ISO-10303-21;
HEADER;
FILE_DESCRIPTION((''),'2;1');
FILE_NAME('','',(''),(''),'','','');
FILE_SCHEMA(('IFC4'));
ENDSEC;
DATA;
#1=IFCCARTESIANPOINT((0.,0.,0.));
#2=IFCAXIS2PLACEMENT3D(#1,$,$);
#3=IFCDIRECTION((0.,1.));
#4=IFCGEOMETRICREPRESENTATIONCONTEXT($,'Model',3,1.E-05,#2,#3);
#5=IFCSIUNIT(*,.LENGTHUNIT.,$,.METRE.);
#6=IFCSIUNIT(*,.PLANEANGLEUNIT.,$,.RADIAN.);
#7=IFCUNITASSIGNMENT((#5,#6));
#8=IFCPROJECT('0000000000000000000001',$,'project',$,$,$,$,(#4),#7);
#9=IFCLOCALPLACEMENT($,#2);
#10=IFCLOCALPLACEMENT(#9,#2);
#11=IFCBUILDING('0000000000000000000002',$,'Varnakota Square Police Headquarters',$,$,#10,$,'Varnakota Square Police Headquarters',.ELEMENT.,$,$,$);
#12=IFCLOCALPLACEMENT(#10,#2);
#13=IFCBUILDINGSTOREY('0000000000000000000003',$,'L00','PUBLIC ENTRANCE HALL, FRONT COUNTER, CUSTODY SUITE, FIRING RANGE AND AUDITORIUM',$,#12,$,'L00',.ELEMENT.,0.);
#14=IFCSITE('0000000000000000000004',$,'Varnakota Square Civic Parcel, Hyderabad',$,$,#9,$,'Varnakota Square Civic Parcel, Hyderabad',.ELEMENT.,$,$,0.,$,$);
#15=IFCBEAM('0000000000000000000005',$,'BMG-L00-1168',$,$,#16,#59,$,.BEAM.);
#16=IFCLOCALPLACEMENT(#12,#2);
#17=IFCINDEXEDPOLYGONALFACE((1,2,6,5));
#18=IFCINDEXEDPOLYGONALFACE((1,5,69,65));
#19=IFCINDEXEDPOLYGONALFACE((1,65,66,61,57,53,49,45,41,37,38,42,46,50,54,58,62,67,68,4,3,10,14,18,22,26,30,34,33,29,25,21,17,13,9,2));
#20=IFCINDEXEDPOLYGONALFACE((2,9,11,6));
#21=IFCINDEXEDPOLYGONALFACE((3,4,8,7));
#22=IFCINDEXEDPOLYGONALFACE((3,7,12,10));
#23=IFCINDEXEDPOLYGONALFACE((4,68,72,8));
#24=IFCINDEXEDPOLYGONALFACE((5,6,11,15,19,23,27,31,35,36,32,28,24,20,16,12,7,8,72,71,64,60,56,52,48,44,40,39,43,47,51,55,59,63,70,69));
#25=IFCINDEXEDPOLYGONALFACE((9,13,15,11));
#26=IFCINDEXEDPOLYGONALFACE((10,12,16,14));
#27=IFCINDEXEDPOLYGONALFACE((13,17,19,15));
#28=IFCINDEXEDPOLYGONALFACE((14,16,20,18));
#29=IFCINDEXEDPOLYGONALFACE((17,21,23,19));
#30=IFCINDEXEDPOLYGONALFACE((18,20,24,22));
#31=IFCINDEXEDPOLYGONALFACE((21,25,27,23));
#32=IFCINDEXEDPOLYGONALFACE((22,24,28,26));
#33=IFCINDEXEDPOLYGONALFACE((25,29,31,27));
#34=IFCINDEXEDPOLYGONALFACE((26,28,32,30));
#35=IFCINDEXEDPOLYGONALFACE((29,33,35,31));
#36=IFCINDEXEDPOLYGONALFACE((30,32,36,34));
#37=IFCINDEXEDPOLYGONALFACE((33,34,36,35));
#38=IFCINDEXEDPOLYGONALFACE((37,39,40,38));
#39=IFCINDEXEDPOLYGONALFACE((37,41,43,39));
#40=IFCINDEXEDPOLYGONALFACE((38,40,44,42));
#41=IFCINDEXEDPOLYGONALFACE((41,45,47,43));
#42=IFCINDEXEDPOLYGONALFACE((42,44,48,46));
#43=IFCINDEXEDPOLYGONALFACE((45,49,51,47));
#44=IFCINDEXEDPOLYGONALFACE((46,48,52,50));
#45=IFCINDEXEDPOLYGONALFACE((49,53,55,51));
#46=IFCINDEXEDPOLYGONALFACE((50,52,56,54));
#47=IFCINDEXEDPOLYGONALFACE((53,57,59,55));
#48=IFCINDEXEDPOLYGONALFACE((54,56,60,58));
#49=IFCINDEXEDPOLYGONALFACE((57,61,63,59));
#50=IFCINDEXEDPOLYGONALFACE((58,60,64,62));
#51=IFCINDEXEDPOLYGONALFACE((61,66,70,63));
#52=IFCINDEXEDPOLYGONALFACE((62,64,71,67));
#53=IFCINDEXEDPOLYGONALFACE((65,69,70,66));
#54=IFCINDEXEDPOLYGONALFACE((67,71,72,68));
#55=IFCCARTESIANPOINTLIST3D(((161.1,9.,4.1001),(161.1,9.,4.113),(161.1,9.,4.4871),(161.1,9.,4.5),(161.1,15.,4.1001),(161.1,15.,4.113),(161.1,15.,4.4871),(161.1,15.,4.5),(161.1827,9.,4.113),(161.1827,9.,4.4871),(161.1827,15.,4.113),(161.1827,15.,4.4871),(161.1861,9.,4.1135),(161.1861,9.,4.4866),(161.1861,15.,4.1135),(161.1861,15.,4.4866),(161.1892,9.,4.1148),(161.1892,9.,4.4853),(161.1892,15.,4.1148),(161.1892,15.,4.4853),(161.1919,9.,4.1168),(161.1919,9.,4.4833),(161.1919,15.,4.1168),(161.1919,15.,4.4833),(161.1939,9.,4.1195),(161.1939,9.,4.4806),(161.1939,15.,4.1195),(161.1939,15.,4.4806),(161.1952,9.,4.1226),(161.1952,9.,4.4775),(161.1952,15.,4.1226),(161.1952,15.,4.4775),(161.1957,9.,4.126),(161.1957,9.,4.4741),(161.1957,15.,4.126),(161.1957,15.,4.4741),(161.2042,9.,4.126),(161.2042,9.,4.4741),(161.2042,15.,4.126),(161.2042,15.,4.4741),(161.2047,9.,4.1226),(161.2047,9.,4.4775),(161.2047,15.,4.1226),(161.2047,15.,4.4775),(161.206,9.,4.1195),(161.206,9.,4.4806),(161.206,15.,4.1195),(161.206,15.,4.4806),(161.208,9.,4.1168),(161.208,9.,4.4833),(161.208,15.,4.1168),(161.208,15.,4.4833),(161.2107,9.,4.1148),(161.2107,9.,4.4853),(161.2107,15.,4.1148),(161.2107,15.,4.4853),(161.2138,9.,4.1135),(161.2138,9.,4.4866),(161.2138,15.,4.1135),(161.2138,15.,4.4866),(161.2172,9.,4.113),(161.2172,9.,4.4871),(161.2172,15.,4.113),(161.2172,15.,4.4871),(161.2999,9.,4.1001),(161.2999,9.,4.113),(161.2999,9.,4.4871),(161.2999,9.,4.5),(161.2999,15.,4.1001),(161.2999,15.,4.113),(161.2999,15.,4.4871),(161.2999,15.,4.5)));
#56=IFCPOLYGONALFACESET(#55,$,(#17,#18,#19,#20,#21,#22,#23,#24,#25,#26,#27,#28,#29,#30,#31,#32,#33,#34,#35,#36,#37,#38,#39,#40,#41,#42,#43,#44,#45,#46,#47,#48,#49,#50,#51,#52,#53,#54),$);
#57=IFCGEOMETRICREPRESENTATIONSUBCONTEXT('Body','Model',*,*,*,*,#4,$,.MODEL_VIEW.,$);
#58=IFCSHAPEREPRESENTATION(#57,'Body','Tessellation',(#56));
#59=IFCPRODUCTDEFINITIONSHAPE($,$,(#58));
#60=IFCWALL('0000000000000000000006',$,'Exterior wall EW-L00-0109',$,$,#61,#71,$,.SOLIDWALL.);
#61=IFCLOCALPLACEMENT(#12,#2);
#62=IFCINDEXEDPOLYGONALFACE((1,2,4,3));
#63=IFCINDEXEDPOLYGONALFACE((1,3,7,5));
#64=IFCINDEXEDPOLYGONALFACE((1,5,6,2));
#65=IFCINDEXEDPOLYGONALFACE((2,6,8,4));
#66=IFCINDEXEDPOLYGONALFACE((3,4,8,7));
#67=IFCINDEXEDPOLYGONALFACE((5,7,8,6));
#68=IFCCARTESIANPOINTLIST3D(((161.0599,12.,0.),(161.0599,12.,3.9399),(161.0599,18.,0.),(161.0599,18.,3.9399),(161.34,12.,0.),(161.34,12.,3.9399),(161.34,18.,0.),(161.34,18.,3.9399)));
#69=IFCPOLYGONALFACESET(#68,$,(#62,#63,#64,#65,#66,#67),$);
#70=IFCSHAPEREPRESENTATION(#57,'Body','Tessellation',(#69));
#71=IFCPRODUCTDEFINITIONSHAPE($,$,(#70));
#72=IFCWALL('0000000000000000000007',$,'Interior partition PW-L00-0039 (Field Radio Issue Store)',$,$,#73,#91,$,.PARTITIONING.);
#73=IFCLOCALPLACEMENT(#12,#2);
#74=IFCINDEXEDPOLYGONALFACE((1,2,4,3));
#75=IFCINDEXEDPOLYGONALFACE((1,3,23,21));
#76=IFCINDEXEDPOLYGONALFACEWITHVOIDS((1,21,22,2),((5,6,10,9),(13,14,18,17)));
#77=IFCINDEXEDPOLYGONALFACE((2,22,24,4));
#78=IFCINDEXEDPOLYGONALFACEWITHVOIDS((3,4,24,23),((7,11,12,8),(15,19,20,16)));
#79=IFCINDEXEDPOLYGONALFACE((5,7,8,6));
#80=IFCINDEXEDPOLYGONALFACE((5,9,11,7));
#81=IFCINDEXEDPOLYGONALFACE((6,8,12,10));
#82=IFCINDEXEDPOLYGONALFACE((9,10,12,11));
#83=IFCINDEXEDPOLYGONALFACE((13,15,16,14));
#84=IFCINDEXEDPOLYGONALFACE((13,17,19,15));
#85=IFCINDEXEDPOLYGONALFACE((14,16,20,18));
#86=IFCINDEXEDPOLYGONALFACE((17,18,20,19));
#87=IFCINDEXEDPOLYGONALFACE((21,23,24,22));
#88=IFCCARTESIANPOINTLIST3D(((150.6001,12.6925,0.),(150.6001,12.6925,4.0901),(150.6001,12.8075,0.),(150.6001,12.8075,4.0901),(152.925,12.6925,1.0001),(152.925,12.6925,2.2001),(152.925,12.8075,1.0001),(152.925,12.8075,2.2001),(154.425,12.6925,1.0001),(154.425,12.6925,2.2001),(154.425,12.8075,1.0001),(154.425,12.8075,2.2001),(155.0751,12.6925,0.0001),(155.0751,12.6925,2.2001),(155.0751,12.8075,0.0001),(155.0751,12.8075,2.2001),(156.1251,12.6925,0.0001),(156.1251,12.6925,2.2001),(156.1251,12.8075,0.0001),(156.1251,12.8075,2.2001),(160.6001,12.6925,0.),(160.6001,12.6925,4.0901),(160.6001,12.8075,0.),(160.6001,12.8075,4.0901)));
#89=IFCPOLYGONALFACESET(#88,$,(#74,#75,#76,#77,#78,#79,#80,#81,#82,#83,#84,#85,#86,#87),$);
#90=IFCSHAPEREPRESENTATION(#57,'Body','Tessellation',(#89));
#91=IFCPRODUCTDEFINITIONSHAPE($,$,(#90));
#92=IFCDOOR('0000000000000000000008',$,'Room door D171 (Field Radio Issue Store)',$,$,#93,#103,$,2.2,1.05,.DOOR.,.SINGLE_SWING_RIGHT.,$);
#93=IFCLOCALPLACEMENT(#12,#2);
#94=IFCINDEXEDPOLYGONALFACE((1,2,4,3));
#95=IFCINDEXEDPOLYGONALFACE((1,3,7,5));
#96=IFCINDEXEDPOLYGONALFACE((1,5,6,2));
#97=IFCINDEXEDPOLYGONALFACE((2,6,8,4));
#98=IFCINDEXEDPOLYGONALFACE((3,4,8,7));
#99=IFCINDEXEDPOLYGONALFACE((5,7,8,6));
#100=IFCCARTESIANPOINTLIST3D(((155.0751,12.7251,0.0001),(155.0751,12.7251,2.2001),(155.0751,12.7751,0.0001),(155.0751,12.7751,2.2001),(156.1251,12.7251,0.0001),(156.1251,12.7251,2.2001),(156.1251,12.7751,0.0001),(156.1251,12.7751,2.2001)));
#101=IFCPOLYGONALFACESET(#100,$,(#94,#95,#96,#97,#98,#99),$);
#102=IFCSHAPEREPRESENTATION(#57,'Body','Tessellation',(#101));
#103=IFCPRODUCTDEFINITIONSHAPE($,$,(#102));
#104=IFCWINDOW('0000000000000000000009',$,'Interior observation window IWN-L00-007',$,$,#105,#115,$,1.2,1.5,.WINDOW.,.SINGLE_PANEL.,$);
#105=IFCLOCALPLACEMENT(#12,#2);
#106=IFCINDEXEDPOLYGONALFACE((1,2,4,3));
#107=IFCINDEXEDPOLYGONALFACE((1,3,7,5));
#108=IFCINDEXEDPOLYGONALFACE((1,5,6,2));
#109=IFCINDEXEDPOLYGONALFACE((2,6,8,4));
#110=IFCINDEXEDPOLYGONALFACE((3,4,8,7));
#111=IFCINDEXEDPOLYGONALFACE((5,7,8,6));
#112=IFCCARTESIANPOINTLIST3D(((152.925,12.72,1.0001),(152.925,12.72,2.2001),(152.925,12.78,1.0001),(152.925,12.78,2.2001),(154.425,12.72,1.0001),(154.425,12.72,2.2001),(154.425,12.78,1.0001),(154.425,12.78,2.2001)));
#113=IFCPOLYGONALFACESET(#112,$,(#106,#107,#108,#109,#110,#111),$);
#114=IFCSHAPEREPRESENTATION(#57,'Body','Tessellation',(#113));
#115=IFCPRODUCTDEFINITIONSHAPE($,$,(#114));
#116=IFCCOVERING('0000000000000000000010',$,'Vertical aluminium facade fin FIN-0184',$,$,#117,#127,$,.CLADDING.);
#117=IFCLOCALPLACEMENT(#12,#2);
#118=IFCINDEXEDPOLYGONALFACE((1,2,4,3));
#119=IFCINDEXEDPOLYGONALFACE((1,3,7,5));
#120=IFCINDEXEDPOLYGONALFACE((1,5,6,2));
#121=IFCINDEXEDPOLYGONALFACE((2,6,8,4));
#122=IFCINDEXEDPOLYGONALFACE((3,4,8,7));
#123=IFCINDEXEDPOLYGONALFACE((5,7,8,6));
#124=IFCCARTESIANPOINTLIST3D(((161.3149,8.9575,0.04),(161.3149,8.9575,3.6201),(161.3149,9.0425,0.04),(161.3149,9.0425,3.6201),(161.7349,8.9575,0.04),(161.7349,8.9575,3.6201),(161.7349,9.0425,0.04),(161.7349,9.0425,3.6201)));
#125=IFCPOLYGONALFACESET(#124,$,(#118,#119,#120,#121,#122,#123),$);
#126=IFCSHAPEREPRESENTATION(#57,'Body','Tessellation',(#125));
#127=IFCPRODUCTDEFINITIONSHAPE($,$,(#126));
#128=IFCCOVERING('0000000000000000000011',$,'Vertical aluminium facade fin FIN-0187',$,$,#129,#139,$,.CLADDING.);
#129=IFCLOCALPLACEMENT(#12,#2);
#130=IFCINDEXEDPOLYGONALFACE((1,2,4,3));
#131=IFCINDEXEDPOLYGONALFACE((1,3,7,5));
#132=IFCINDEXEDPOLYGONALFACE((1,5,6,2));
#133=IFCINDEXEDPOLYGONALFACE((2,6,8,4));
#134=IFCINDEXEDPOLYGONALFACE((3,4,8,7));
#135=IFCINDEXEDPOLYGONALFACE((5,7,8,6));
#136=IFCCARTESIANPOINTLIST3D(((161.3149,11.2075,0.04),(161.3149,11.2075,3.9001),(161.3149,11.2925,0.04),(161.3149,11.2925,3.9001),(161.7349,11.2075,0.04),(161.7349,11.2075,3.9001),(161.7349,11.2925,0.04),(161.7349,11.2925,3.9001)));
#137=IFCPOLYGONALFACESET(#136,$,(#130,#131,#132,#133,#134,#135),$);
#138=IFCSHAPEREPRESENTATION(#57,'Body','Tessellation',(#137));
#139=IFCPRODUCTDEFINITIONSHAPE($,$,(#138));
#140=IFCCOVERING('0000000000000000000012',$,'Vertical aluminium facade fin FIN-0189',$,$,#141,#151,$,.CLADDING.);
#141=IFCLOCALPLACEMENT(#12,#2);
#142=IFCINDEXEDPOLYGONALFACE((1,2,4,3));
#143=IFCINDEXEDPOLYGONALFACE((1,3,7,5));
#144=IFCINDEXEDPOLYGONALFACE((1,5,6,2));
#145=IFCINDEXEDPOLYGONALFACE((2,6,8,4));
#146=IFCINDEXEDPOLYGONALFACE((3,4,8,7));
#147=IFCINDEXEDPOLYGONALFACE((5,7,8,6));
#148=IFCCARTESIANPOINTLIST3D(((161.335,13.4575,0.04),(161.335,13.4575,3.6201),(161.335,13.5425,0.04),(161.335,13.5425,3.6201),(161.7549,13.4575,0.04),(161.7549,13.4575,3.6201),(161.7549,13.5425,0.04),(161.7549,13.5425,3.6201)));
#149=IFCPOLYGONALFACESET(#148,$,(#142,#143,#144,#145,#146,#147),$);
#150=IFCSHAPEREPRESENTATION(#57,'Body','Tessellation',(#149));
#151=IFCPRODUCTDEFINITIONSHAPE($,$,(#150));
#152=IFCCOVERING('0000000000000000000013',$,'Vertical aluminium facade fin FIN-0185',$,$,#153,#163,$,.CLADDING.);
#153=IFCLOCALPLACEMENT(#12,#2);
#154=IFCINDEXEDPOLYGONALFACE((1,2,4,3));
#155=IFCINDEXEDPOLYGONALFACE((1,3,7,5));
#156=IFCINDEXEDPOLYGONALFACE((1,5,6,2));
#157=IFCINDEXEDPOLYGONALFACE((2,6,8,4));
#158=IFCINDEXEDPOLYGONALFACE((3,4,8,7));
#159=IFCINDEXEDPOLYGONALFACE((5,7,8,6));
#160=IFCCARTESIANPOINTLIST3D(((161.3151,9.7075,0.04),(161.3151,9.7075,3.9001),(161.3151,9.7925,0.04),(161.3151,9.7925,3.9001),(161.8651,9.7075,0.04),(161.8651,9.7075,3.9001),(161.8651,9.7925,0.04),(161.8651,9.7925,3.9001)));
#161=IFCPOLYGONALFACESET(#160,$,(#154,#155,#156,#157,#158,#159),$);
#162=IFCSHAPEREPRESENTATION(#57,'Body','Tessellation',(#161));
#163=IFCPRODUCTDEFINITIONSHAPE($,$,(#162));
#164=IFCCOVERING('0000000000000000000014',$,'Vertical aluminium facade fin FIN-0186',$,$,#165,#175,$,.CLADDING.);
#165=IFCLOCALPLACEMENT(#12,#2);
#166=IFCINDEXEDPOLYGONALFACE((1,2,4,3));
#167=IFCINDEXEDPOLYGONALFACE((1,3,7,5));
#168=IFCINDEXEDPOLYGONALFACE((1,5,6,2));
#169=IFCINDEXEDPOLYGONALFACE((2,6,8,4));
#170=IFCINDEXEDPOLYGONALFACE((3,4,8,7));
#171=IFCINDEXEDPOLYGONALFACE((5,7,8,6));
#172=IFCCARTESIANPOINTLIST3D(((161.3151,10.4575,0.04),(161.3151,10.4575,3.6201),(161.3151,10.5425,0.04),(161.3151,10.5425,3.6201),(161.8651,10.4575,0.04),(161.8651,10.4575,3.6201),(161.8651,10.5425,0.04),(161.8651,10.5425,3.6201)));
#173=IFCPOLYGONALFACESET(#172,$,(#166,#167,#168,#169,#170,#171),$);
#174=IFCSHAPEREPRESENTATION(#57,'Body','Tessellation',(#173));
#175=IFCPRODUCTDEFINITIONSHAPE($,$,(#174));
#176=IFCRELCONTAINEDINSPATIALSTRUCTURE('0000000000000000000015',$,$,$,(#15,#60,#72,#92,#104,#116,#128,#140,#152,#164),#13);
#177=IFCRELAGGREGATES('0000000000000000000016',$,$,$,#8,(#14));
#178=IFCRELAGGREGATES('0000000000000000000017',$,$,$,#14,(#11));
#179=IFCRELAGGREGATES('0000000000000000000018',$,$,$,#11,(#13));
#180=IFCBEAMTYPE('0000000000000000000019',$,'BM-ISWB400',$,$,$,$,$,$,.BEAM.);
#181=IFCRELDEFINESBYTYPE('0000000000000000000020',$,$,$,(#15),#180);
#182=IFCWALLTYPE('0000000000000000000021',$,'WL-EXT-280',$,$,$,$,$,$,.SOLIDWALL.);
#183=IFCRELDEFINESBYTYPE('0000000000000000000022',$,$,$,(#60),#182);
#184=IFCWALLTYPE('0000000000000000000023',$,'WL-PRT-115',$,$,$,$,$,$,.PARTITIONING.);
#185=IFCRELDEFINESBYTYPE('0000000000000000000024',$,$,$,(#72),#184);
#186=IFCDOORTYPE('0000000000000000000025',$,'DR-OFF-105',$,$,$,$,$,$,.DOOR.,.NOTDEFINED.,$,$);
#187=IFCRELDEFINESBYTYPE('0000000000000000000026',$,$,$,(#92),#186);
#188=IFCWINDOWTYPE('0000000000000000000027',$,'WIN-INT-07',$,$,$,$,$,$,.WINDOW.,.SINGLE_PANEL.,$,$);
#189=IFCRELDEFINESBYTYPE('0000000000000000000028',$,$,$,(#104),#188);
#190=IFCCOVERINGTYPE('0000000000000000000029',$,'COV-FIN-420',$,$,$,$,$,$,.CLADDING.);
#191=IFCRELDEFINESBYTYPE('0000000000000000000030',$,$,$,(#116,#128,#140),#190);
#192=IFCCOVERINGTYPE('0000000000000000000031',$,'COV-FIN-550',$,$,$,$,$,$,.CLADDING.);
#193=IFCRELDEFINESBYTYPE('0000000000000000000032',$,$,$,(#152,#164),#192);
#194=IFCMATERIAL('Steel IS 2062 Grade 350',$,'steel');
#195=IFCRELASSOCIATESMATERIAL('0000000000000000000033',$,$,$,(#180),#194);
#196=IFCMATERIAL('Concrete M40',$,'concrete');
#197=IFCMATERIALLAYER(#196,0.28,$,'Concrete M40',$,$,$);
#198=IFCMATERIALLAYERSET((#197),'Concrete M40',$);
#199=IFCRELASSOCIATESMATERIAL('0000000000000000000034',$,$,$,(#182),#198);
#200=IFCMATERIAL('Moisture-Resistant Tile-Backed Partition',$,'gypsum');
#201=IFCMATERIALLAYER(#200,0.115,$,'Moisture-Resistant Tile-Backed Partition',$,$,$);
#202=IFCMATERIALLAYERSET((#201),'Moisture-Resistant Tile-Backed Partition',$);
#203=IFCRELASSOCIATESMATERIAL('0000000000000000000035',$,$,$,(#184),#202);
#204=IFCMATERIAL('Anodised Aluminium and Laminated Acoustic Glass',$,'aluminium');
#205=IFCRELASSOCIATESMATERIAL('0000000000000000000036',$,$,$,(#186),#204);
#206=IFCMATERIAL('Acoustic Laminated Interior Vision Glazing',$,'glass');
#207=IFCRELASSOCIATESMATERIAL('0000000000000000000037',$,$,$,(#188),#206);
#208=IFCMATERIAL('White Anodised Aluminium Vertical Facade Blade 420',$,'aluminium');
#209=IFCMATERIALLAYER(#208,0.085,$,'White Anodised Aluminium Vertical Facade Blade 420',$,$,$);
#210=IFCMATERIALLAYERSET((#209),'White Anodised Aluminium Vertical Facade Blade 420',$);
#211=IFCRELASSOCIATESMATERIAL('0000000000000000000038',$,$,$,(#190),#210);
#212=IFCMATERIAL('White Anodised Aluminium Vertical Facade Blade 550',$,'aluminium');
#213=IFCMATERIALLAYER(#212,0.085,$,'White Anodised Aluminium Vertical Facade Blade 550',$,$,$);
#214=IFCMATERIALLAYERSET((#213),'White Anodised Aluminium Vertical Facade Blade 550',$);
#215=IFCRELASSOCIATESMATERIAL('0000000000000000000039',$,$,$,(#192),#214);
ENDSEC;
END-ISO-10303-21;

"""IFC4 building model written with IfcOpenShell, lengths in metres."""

from ifc_helpers import new_model, si_unit, direction, frame, frame_2d, origin, origin_2d, place, context, subcontext, project, spatial, rectangle, i_section, extrude, material, layer, layer_set, material_profile, profile_set, type_object, element, fill, save


model = new_model("IFC4")

# Units and contexts
model_context = context("Model", 3, precision=1e-05, world=origin(), true_north=direction((0.0, 1.0)))
body_context = subcontext(model_context, "Body", "Model", "MODEL_VIEW")
ifc_project = project(units=[si_unit("LENGTHUNIT", "METRE"), si_unit("PLANEANGLEUNIT", "RADIAN")], contexts=[model_context])

# Site, building, storey
site_placement = place(None, origin())
site = spatial("IfcSite", under=ifc_project, at=site_placement, Name="Varnakota Square Civic Parcel, Hyderabad", LongName="Varnakota Square Civic Parcel, Hyderabad", CompositionType="ELEMENT", RefElevation=0.0)
building_placement = place(site_placement, origin())
building = spatial("IfcBuilding", under=site, at=building_placement, Name="Varnakota Square Police Headquarters", LongName="Varnakota Square Police Headquarters", CompositionType="ELEMENT")
storey_placement = place(building_placement, origin())
storey = spatial("IfcBuildingStorey", under=building, at=storey_placement, Name="L00", Description="PUBLIC ENTRANCE HALL, FRONT COUNTER, CUSTODY SUITE, FIRING RANGE AND AUDITORIUM", LongName="L00", CompositionType="ELEMENT", Elevation=0.0)

# Beam
ifc_material_1 = material(Name="Steel IS 2062 Grade 350", Category="steel")
ifc_material_profile_1 = material_profile(ifc_material_1, i_section(OverallWidth=0.2, OverallDepth=0.3999, WebThickness=0.0085, FlangeThickness=0.0129, FilletRadius=0.0129, at=origin_2d()), Name="ISWB 400")
ifc_profile_set_1 = profile_set([ifc_material_profile_1], Name="Steel IS 2062 Grade 350")
beam_type_1 = type_object("IfcBeamType", Name="BM-ISWB400", PredefinedType="BEAM", material=ifc_profile_set_1)
for number, where, z_axis, x_axis, name in (
    (1, (161.2, 9.0, 4.3), (0.0, 1.0, 0.0), (-1.0, 0.0, 0.0), "BMG-L00-1168"),
):
    element("IfcBeam", number, at=place(storey_placement, frame(where, z_axis=z_axis, x_axis=x_axis)), inside=storey, type_object=beam_type_1, Name=name, PredefinedType="BEAM", context=body_context, shape_type="SweptSolid", body=[
        extrude(i_section(OverallWidth=0.2, OverallDepth=0.3999, WebThickness=0.0085, FlangeThickness=0.0129, FilletRadius=0.0129, at=origin_2d()), origin(), (0.0, 0.0, 1.0), 6.0),
    ])

# Wall
ifc_material_2 = material(Name="Concrete M40", Category="concrete")
ifc_layer_1 = layer(ifc_material_2, 0.28, Name="Concrete M40")
ifc_layer_set_1 = layer_set([ifc_layer_1], Name="Concrete M40")
wall_type_1 = type_object("IfcWallType", Name="WL-EXT-280", PredefinedType="SOLIDWALL", material=ifc_layer_set_1)
wall_1_placement = place(storey_placement, frame((161.2, 12.0, 0.0), z_axis=(0.0, 0.0, 1.0), x_axis=(0.0, 1.0, 0.0)))
element("IfcWall", 2, at=wall_1_placement, inside=storey, type_object=wall_type_1, Name="Exterior wall EW-L00-0109", PredefinedType="SOLIDWALL", context=body_context, shape_type="SweptSolid", body=[
    extrude(rectangle(XDim=6.0, YDim=0.28, at=frame_2d((3.0, 0.0))), origin(), (0.0, 0.0, 1.0), 3.9399),
])

# Wall, openings, door, window
ifc_material_3 = material(Name="Moisture-Resistant Tile-Backed Partition", Category="gypsum")
ifc_layer_2 = layer(ifc_material_3, 0.115, Name="Moisture-Resistant Tile-Backed Partition")
ifc_layer_set_2 = layer_set([ifc_layer_2], Name="Moisture-Resistant Tile-Backed Partition")
wall_type_2 = type_object("IfcWallType", Name="WL-PRT-115", PredefinedType="PARTITIONING", material=ifc_layer_set_2)
wall_2_placement = place(storey_placement, frame((160.6001, 12.75, 0.0), z_axis=(0.0, 0.0, 1.0), x_axis=(-1.0, 0.0, 0.0)))
wall_2 = element("IfcWall", 3, at=wall_2_placement, inside=storey, type_object=wall_type_2, Name="Interior partition PW-L00-0039 (Field Radio Issue Store)", PredefinedType="PARTITIONING", context=body_context, shape_type="SweptSolid", body=[
    extrude(rectangle(XDim=10.0, YDim=0.115, at=frame_2d((5.0, 0.0))), origin(), (0.0, 0.0, 1.0), 4.0901),
])
opening_1_placement = place(wall_2_placement, frame((4.4751, 0.0, 0.0)))
opening_1 = element("IfcOpeningElement", 4, at=opening_1_placement, cuts=wall_2, PredefinedType="OPENING", context=body_context, shape_type="SweptSolid", body=[
    extrude(rectangle(XDim=1.05, YDim=2.2, at=frame_2d((0.5249, 1.1001))), frame((0.0, 0.0674, 0.0), z_axis=(0.0, -1.0, 0.0), x_axis=(1.0, 0.0, 0.0)), (0.0, 0.0, 1.0), 0.135),
])
opening_2_placement = place(wall_2_placement, frame((6.175, 0.0, 1.0)))
opening_2 = element("IfcOpeningElement", 5, at=opening_2_placement, cuts=wall_2, PredefinedType="OPENING", context=body_context, shape_type="SweptSolid", body=[
    extrude(rectangle(XDim=1.5, YDim=1.2, at=frame_2d((0.75, 0.6001))), frame((0.0, 0.0674, 0.0), z_axis=(0.0, -1.0, 0.0), x_axis=(1.0, 0.0, 0.0)), (0.0, 0.0, 1.0), 0.135),
])
ifc_material_4 = material(Name="Anodised Aluminium and Laminated Acoustic Glass", Category="aluminium")
door_type = type_object("IfcDoorType", Name="DR-OFF-105", OperationType="NOTDEFINED", PredefinedType="DOOR", material=ifc_material_4)
door_placement = place(opening_1_placement, origin())
door = element("IfcDoor", 6, at=door_placement, inside=storey, type_object=door_type, Name="Room door D171 (Field Radio Issue Store)", OperationType="SINGLE_SWING_RIGHT", OverallHeight=2.2, OverallWidth=1.05, PredefinedType="DOOR", context=body_context, shape_type="SweptSolid", body=[
    extrude(rectangle(XDim=1.05, YDim=2.2, at=frame_2d((0.5249, 1.1001))), frame((0.0, 0.0249, 0.0), z_axis=(0.0, -1.0, 0.0), x_axis=(1.0, 0.0, 0.0)), (0.0, 0.0, 1.0), 0.05),
])
fill(opening_1, door)
ifc_material_5 = material(Name="Acoustic Laminated Interior Vision Glazing", Category="glass")
window_type = type_object("IfcWindowType", Name="WIN-INT-07", PartitioningType="SINGLE_PANEL", PredefinedType="WINDOW", material=ifc_material_5)
window_placement = place(opening_2_placement, origin())
window = element("IfcWindow", 7, at=window_placement, inside=storey, type_object=window_type, Name="Interior observation window IWN-L00-007", OverallHeight=1.2, OverallWidth=1.5, PartitioningType="SINGLE_PANEL", PredefinedType="WINDOW", context=body_context, shape_type="SweptSolid", body=[
    extrude(rectangle(XDim=1.5, YDim=1.2, at=frame_2d((0.75, 0.6001))), frame((0.0, 0.03, 0.0), z_axis=(0.0, -1.0, 0.0), x_axis=(1.0, 0.0, 0.0)), (0.0, 0.0, 1.0), 0.0601),
])
fill(opening_2, window)

# Coverings
ifc_material_6 = material(Name="White Anodised Aluminium Vertical Facade Blade 420", Category="aluminium")
ifc_layer_3 = layer(ifc_material_6, 0.085, Name="White Anodised Aluminium Vertical Facade Blade 420")
ifc_layer_set_3 = layer_set([ifc_layer_3], Name="White Anodised Aluminium Vertical Facade Blade 420")
covering_type_1 = type_object("IfcCoveringType", Name="COV-FIN-420", PredefinedType="CLADDING", material=ifc_layer_set_3)
covering_1_placement = place(storey_placement, frame((161.5249, 9.0, 0.04), z_axis=(0.0, 0.0, 1.0), x_axis=(0.0, 1.0, 0.0)))
element("IfcCovering", 8, at=covering_1_placement, inside=storey, type_object=covering_type_1, Name="Vertical aluminium facade fin FIN-0184", PredefinedType="CLADDING", context=body_context, shape_type="SweptSolid", body=[
    extrude(rectangle(XDim=0.085, YDim=0.4199, at=origin_2d()), origin(), (0.0, 0.0, 1.0), 3.5801),
])
covering_2_placement = place(storey_placement, frame((161.5249, 11.25, 0.04), z_axis=(0.0, 0.0, 1.0), x_axis=(0.0, 1.0, 0.0)))
element("IfcCovering", 9, at=covering_2_placement, inside=storey, type_object=covering_type_1, Name="Vertical aluminium facade fin FIN-0187", PredefinedType="CLADDING", context=body_context, shape_type="SweptSolid", body=[
    extrude(rectangle(XDim=0.085, YDim=0.4199, at=origin_2d()), origin(), (0.0, 0.0, 1.0), 3.8601),
])
covering_3_placement = place(storey_placement, frame((161.5449, 13.5, 0.04), z_axis=(0.0, 0.0, 1.0), x_axis=(0.0, 1.0, 0.0)))
element("IfcCovering", 10, at=covering_3_placement, inside=storey, type_object=covering_type_1, Name="Vertical aluminium facade fin FIN-0189", PredefinedType="CLADDING", context=body_context, shape_type="SweptSolid", body=[
    extrude(rectangle(XDim=0.085, YDim=0.4199, at=origin_2d()), origin(), (0.0, 0.0, 1.0), 3.5801),
])
ifc_material_7 = material(Name="White Anodised Aluminium Vertical Facade Blade 550", Category="aluminium")
ifc_layer_4 = layer(ifc_material_7, 0.085, Name="White Anodised Aluminium Vertical Facade Blade 550")
ifc_layer_set_4 = layer_set([ifc_layer_4], Name="White Anodised Aluminium Vertical Facade Blade 550")
covering_type_2 = type_object("IfcCoveringType", Name="COV-FIN-550", PredefinedType="CLADDING", material=ifc_layer_set_4)
covering_4_placement = place(storey_placement, frame((161.5901, 9.75, 0.04), z_axis=(0.0, 0.0, 1.0), x_axis=(0.0, 1.0, 0.0)))
element("IfcCovering", 11, at=covering_4_placement, inside=storey, type_object=covering_type_2, Name="Vertical aluminium facade fin FIN-0185", PredefinedType="CLADDING", context=body_context, shape_type="SweptSolid", body=[
    extrude(rectangle(XDim=0.085, YDim=0.55, at=origin_2d()), origin(), (0.0, 0.0, 1.0), 3.8601),
])
covering_5_placement = place(storey_placement, frame((161.5901, 10.5, 0.04), z_axis=(0.0, 0.0, 1.0), x_axis=(0.0, 1.0, 0.0)))
element("IfcCovering", 12, at=covering_5_placement, inside=storey, type_object=covering_type_2, Name="Vertical aluminium facade fin FIN-0186", PredefinedType="CLADDING", context=body_context, shape_type="SweptSolid", body=[
    extrude(rectangle(XDim=0.085, YDim=0.55, at=origin_2d()), origin(), (0.0, 0.0, 1.0), 3.5801),
])

save(model, "model.ifc")
